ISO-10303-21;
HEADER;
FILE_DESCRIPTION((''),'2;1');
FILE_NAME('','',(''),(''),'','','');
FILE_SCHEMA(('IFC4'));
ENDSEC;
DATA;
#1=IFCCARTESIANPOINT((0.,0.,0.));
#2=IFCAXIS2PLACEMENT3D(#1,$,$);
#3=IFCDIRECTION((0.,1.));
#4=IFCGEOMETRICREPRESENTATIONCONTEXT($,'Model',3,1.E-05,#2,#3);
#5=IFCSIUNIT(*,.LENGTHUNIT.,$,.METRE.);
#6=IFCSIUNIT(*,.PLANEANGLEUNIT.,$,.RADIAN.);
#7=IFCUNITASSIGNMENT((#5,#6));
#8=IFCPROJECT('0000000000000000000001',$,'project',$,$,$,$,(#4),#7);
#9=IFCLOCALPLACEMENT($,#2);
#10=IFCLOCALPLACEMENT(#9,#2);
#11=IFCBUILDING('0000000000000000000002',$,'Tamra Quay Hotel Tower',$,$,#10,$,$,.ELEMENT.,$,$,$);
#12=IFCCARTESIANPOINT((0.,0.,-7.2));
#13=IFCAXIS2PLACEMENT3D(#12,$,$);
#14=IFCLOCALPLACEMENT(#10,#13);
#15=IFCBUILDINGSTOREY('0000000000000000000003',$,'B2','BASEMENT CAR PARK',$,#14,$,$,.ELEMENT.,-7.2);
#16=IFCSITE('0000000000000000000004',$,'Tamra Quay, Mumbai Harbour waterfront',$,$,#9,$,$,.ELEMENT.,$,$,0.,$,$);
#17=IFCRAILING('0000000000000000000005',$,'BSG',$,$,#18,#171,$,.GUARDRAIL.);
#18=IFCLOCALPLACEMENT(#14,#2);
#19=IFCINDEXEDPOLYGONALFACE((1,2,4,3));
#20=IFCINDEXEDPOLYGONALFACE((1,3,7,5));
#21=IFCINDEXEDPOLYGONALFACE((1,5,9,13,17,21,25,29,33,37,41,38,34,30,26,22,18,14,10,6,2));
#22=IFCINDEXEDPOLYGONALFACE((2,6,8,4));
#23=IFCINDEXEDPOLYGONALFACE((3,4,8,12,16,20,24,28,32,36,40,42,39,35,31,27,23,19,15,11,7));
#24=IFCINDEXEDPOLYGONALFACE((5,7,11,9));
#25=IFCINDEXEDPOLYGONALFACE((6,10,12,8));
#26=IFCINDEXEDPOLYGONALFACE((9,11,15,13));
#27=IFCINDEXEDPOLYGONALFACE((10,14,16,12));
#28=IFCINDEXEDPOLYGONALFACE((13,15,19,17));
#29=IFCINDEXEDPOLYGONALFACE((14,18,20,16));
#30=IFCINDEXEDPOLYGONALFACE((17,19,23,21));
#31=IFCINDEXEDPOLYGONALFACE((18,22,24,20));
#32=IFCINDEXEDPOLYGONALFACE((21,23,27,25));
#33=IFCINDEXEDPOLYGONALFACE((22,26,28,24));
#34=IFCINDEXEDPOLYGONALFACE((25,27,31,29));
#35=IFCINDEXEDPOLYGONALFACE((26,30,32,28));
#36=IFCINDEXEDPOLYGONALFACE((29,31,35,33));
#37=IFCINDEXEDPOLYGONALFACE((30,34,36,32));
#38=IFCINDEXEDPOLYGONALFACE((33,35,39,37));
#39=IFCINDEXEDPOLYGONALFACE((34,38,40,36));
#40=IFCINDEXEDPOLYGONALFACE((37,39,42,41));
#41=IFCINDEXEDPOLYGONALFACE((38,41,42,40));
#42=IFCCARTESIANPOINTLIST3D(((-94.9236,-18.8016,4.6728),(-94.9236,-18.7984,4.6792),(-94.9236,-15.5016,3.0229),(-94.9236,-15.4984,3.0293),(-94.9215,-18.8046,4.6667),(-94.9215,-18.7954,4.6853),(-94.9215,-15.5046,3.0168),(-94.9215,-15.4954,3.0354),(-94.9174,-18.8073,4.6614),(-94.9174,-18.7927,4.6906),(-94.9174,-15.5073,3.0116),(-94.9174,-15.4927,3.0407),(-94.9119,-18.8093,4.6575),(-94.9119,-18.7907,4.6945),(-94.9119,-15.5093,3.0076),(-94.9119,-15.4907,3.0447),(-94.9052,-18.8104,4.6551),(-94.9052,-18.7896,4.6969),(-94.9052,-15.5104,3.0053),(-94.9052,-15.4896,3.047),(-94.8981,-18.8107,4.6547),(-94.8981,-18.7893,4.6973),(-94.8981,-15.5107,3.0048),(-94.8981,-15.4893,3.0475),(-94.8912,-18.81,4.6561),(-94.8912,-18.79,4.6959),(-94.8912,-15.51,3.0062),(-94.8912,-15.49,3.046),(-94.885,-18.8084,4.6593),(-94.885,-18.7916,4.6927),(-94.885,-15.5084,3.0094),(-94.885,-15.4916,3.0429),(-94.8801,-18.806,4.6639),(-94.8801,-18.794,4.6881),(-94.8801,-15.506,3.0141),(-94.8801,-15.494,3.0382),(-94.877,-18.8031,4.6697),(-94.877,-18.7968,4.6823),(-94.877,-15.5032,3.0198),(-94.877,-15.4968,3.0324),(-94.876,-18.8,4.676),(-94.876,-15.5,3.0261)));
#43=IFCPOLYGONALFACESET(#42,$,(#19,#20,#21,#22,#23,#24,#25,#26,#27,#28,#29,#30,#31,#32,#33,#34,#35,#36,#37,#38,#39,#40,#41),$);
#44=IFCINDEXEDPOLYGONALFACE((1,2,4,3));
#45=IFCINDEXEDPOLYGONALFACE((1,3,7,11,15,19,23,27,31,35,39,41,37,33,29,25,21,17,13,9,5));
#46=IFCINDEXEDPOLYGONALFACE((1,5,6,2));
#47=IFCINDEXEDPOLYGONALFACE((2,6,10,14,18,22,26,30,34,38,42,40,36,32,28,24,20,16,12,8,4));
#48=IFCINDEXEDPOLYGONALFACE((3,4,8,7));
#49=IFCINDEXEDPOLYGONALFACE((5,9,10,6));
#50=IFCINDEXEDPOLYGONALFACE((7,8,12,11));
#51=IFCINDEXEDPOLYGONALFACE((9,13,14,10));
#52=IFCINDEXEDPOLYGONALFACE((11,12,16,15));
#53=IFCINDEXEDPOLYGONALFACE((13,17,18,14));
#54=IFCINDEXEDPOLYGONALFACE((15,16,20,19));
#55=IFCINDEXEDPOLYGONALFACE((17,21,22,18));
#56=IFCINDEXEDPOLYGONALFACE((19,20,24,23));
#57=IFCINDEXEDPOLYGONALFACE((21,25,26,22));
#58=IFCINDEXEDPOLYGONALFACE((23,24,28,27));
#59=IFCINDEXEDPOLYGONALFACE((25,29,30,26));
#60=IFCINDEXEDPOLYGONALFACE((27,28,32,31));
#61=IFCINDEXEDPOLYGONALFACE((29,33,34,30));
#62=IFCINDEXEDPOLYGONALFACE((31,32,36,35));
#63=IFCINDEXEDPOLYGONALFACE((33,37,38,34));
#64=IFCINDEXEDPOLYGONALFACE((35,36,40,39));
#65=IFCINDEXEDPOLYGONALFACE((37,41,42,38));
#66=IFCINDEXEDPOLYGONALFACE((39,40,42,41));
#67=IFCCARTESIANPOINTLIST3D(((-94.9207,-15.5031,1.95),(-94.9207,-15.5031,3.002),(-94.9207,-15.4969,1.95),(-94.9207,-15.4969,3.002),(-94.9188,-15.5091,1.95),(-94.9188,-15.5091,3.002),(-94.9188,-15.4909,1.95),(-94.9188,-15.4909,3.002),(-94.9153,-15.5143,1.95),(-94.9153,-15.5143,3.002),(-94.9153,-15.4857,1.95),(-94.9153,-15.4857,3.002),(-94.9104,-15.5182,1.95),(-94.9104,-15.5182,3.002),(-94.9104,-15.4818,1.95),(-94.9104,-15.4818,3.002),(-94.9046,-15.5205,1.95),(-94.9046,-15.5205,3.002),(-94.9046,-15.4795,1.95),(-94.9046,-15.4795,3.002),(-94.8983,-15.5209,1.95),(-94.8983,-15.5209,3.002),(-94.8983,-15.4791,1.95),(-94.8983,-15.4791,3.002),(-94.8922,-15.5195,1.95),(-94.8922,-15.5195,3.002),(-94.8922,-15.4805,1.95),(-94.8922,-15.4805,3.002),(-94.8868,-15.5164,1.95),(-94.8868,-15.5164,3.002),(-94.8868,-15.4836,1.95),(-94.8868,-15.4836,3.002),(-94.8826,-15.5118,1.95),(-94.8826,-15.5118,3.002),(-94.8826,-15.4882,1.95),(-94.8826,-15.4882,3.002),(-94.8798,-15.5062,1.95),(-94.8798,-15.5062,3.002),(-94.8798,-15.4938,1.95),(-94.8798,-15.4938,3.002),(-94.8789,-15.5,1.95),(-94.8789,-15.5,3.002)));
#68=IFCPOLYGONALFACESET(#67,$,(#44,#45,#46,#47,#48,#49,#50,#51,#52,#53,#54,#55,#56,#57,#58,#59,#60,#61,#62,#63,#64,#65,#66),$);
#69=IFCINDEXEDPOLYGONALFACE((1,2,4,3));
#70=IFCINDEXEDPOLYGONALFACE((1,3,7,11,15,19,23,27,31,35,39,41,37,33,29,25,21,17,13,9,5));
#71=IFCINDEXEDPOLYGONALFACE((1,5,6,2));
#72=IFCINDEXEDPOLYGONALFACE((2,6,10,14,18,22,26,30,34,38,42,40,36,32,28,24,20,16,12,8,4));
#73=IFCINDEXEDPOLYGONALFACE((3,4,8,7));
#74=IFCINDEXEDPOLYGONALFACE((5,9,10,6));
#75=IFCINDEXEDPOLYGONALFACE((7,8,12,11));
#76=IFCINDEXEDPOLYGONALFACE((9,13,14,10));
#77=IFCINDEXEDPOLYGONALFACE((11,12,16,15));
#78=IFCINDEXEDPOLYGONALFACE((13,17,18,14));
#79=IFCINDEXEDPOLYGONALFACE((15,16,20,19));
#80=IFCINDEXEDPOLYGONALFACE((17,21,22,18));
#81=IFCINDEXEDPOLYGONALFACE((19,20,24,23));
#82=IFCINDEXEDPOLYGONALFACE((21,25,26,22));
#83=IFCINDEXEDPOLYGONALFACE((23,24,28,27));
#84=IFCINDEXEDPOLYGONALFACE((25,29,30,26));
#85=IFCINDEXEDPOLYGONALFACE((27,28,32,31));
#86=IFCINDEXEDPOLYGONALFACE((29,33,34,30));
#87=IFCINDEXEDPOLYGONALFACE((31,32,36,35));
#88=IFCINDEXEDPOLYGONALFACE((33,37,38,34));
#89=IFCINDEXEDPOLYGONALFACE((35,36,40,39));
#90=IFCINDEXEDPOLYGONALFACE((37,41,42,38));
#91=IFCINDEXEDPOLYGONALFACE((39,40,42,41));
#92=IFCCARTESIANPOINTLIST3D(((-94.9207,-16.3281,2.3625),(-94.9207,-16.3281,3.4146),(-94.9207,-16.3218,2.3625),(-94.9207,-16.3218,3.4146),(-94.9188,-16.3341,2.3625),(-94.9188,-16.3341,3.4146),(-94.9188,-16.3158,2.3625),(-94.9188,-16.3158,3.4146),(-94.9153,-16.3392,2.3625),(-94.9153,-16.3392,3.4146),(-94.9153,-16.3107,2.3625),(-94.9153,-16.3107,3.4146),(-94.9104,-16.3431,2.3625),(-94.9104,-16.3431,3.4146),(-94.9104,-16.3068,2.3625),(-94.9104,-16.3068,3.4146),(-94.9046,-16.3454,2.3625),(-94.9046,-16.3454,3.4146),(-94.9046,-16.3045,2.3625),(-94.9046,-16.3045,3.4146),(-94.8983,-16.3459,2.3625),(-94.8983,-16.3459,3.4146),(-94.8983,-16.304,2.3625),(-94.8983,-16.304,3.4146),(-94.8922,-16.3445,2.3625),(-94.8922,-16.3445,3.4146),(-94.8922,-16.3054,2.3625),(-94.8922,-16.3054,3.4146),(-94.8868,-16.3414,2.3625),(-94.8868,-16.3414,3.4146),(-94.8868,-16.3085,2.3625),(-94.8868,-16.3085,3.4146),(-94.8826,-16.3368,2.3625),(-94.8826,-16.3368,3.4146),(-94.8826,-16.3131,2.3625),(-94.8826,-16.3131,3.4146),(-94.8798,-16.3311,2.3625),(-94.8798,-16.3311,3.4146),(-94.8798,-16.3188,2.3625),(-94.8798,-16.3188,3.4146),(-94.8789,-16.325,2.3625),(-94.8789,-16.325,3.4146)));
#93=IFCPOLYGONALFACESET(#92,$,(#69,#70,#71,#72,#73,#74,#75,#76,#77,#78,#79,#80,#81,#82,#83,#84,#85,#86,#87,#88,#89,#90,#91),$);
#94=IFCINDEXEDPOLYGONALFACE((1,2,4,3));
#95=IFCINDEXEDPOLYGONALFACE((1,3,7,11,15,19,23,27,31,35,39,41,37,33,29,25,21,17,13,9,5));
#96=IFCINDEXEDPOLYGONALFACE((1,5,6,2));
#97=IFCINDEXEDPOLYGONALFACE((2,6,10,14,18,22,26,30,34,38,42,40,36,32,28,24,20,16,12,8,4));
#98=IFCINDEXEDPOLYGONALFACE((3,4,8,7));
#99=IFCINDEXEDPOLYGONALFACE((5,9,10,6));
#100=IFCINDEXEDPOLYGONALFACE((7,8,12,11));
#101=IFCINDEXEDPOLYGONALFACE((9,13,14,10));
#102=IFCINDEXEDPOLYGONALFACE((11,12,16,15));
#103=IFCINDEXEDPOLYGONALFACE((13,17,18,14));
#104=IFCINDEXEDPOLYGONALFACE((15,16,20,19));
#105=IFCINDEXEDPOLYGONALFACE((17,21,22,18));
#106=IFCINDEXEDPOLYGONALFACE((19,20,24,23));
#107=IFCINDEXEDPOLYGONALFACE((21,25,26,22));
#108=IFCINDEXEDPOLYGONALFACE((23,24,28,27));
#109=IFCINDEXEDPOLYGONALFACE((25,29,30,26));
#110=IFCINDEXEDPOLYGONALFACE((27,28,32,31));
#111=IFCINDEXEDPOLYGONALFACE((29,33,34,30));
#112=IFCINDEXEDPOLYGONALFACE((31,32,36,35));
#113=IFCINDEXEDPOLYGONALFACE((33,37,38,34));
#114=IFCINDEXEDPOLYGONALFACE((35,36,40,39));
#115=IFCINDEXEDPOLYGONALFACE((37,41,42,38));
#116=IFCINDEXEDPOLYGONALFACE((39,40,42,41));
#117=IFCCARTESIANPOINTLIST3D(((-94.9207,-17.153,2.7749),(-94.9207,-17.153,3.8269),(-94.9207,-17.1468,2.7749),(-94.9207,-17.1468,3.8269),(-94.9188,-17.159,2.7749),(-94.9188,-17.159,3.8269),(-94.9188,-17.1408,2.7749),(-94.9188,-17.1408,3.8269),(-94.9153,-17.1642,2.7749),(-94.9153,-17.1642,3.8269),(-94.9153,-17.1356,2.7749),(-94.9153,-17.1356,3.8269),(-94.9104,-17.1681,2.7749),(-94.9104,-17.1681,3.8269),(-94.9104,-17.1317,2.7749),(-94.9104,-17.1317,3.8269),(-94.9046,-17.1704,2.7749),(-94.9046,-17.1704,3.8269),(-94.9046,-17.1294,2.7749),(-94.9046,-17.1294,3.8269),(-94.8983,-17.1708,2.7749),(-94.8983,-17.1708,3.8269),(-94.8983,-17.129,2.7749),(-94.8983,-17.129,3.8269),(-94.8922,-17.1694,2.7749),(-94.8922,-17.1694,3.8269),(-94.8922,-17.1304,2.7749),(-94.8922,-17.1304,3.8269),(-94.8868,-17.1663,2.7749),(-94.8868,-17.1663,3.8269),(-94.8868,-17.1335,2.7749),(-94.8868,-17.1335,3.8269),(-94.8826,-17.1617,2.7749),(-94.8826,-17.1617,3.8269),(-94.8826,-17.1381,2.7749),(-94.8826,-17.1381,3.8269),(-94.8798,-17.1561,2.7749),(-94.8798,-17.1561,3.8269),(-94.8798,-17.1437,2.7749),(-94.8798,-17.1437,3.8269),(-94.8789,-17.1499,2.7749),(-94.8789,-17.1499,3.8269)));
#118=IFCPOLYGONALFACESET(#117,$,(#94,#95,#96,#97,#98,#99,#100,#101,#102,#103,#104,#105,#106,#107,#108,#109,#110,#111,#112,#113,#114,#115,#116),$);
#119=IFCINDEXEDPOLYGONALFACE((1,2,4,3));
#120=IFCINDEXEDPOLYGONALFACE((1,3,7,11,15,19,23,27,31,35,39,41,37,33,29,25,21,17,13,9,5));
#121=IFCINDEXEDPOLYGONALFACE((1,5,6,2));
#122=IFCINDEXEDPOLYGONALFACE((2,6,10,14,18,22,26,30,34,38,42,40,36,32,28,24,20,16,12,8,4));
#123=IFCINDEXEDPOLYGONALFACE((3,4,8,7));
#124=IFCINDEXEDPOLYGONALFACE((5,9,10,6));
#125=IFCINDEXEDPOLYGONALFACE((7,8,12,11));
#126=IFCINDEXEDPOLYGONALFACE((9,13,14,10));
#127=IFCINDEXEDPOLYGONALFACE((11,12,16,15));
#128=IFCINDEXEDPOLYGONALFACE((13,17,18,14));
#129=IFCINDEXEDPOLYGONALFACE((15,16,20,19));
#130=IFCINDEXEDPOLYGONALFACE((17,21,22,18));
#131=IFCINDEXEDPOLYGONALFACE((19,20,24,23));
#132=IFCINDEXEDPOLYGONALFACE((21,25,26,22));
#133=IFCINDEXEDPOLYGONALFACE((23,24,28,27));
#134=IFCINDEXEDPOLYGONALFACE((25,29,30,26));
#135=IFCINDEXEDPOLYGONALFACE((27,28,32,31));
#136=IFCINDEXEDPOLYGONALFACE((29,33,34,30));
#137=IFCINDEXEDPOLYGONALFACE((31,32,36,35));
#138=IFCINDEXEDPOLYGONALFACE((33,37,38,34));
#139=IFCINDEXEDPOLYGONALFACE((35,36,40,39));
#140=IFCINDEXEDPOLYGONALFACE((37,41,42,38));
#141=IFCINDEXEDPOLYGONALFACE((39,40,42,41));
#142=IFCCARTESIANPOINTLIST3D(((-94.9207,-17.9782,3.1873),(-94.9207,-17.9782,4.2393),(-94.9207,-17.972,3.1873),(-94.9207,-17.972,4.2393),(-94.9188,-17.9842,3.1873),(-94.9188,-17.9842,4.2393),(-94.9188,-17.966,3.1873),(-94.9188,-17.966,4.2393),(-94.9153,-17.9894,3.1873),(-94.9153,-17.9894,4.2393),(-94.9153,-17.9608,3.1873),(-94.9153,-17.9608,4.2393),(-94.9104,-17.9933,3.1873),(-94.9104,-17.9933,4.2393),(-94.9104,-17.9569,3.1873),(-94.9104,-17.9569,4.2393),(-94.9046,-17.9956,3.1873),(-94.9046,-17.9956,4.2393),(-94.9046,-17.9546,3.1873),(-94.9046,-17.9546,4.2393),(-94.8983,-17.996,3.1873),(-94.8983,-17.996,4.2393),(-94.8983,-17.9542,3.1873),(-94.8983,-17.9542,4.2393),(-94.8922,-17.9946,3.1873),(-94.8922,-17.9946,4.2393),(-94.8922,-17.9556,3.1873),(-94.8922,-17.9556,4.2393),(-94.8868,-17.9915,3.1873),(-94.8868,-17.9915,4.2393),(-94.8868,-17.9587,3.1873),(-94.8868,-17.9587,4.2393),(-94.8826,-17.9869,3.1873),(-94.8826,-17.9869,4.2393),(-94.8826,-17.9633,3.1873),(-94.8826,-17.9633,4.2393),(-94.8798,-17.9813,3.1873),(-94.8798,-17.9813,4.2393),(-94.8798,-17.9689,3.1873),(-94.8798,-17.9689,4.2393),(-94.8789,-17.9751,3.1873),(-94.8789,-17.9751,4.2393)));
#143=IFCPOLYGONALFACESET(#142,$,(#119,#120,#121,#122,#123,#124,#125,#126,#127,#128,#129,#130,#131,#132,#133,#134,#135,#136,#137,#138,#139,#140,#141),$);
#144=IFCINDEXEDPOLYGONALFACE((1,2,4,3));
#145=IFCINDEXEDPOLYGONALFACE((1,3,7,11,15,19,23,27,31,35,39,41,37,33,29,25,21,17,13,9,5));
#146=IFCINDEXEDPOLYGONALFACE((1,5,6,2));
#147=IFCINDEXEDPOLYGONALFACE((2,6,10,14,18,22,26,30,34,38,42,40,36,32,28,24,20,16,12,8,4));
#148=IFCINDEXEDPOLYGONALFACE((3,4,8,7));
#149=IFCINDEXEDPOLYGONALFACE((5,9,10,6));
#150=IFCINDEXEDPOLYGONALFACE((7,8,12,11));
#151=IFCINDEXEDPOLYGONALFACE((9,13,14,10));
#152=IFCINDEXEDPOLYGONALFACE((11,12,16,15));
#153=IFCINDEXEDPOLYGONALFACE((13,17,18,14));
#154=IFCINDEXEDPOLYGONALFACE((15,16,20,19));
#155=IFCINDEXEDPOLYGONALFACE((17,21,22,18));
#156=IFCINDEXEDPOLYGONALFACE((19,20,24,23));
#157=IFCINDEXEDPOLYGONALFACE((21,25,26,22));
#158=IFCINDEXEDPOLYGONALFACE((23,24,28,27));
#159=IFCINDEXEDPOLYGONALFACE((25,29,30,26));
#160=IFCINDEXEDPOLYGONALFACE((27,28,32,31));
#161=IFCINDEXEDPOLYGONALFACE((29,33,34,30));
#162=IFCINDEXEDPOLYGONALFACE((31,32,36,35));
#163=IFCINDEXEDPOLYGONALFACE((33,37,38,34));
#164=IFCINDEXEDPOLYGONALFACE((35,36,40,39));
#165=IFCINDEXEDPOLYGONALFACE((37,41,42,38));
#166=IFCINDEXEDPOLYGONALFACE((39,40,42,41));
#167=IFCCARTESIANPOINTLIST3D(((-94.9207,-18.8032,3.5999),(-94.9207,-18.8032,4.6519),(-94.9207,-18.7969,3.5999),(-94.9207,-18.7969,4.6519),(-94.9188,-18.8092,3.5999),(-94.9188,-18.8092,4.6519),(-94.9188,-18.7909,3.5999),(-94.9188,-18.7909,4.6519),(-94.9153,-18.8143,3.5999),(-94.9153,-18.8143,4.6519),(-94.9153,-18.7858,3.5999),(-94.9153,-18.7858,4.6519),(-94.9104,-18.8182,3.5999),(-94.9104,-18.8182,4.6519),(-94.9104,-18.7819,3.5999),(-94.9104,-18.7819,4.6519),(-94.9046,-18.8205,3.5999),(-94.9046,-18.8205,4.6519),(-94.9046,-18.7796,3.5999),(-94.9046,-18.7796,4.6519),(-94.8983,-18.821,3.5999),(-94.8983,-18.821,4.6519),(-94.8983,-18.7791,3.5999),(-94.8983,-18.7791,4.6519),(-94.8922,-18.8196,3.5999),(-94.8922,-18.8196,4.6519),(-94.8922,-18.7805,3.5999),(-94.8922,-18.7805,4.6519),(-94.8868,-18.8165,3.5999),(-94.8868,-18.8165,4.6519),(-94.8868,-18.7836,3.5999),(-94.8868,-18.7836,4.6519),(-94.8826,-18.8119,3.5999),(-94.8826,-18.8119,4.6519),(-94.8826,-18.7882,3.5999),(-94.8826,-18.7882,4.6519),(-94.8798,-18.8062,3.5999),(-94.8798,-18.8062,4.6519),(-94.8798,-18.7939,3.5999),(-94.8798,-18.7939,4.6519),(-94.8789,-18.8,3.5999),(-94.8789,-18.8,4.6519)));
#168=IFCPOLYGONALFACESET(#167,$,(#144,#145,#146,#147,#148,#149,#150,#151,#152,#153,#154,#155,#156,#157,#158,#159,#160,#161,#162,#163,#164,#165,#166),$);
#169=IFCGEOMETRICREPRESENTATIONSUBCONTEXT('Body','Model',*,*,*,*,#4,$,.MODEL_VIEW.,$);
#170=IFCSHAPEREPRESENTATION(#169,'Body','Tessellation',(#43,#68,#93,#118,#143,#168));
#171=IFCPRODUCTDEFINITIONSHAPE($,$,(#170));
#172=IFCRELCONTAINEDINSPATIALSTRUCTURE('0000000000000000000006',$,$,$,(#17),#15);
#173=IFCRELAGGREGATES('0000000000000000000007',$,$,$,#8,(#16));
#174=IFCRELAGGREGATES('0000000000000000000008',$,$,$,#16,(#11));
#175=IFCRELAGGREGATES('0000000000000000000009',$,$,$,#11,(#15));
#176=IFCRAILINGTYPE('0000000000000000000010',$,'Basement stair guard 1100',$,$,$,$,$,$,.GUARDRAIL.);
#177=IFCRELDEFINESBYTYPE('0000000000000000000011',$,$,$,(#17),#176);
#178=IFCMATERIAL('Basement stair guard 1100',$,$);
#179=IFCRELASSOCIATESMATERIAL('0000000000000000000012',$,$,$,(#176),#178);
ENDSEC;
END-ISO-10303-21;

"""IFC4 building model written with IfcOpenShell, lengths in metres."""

from ifc_helpers import new_model, si_unit, direction, frame, origin, origin_2d, place, context, subcontext, project, spatial, circle, extrude, material, type_object, element, save


model = new_model("IFC4")

# Units and contexts
model_context = context("Model", 3, precision=1e-05, world=origin(), true_north=direction((0.0, 1.0)))
body_context = subcontext(model_context, "Body", "Model", "MODEL_VIEW")
ifc_project = project(units=[si_unit("LENGTHUNIT", "METRE"), si_unit("PLANEANGLEUNIT", "RADIAN")], contexts=[model_context])

# Site, building, storey
site_placement = place(None, origin())
site = spatial("IfcSite", under=ifc_project, at=site_placement, Name="Tamra Quay, Mumbai Harbour waterfront", CompositionType="ELEMENT", RefElevation=0.0)
building_placement = place(site_placement, origin())
building = spatial("IfcBuilding", under=site, at=building_placement, Name="Tamra Quay Hotel Tower", CompositionType="ELEMENT")
storey_placement = place(building_placement, frame((0.0, 0.0, -7.2)))
storey = spatial("IfcBuildingStorey", under=building, at=storey_placement, Name="B2", Description="BASEMENT CAR PARK", CompositionType="ELEMENT", Elevation=-7.2)

# Railing
ifc_material_1 = material(Name="Basement stair guard 1100")
railing_type_1 = type_object("IfcRailingType", Name="Basement stair guard 1100", PredefinedType="GUARDRAIL", material=ifc_material_1)
railing_1_placement = place(storey_placement, frame((-94.8999, -15.5, 1.95)))
element("IfcRailing", 1, at=railing_1_placement, inside=storey, type_object=railing_type_1, Name="BSG", PredefinedType="GUARDRAIL", context=body_context, shape_type="SweptSolid", body=[
    extrude(circle(Radius=0.0239, at=origin_2d()), frame((0.0, 0.0, 1.0762), z_axis=(0.0, -0.89444, 0.447187), x_axis=(1.0, 0.0, 0.0)), (0.0, 0.0, 1.0), 3.6895),
    extrude(circle(Radius=0.021, at=origin_2d()), origin(), (0.0, 0.0, 1.0), 1.052),
    extrude(circle(Radius=0.021, at=origin_2d()), frame((0.0, -0.825, 0.4126)), (0.0, 0.0, 1.0), 1.052),
    extrude(circle(Radius=0.021, at=origin_2d()), frame((0.0, -1.6499, 0.825)), (0.0, 0.0, 1.0), 1.052),
    extrude(circle(Radius=0.021, at=origin_2d()), frame((0.0, -2.4751, 1.2373)), (0.0, 0.0, 1.0), 1.052),
    extrude(circle(Radius=0.021, at=origin_2d()), frame((0.0, -3.3, 1.6499)), (0.0, 0.0, 1.0), 1.052),
])

save(model, "model.ifc")
